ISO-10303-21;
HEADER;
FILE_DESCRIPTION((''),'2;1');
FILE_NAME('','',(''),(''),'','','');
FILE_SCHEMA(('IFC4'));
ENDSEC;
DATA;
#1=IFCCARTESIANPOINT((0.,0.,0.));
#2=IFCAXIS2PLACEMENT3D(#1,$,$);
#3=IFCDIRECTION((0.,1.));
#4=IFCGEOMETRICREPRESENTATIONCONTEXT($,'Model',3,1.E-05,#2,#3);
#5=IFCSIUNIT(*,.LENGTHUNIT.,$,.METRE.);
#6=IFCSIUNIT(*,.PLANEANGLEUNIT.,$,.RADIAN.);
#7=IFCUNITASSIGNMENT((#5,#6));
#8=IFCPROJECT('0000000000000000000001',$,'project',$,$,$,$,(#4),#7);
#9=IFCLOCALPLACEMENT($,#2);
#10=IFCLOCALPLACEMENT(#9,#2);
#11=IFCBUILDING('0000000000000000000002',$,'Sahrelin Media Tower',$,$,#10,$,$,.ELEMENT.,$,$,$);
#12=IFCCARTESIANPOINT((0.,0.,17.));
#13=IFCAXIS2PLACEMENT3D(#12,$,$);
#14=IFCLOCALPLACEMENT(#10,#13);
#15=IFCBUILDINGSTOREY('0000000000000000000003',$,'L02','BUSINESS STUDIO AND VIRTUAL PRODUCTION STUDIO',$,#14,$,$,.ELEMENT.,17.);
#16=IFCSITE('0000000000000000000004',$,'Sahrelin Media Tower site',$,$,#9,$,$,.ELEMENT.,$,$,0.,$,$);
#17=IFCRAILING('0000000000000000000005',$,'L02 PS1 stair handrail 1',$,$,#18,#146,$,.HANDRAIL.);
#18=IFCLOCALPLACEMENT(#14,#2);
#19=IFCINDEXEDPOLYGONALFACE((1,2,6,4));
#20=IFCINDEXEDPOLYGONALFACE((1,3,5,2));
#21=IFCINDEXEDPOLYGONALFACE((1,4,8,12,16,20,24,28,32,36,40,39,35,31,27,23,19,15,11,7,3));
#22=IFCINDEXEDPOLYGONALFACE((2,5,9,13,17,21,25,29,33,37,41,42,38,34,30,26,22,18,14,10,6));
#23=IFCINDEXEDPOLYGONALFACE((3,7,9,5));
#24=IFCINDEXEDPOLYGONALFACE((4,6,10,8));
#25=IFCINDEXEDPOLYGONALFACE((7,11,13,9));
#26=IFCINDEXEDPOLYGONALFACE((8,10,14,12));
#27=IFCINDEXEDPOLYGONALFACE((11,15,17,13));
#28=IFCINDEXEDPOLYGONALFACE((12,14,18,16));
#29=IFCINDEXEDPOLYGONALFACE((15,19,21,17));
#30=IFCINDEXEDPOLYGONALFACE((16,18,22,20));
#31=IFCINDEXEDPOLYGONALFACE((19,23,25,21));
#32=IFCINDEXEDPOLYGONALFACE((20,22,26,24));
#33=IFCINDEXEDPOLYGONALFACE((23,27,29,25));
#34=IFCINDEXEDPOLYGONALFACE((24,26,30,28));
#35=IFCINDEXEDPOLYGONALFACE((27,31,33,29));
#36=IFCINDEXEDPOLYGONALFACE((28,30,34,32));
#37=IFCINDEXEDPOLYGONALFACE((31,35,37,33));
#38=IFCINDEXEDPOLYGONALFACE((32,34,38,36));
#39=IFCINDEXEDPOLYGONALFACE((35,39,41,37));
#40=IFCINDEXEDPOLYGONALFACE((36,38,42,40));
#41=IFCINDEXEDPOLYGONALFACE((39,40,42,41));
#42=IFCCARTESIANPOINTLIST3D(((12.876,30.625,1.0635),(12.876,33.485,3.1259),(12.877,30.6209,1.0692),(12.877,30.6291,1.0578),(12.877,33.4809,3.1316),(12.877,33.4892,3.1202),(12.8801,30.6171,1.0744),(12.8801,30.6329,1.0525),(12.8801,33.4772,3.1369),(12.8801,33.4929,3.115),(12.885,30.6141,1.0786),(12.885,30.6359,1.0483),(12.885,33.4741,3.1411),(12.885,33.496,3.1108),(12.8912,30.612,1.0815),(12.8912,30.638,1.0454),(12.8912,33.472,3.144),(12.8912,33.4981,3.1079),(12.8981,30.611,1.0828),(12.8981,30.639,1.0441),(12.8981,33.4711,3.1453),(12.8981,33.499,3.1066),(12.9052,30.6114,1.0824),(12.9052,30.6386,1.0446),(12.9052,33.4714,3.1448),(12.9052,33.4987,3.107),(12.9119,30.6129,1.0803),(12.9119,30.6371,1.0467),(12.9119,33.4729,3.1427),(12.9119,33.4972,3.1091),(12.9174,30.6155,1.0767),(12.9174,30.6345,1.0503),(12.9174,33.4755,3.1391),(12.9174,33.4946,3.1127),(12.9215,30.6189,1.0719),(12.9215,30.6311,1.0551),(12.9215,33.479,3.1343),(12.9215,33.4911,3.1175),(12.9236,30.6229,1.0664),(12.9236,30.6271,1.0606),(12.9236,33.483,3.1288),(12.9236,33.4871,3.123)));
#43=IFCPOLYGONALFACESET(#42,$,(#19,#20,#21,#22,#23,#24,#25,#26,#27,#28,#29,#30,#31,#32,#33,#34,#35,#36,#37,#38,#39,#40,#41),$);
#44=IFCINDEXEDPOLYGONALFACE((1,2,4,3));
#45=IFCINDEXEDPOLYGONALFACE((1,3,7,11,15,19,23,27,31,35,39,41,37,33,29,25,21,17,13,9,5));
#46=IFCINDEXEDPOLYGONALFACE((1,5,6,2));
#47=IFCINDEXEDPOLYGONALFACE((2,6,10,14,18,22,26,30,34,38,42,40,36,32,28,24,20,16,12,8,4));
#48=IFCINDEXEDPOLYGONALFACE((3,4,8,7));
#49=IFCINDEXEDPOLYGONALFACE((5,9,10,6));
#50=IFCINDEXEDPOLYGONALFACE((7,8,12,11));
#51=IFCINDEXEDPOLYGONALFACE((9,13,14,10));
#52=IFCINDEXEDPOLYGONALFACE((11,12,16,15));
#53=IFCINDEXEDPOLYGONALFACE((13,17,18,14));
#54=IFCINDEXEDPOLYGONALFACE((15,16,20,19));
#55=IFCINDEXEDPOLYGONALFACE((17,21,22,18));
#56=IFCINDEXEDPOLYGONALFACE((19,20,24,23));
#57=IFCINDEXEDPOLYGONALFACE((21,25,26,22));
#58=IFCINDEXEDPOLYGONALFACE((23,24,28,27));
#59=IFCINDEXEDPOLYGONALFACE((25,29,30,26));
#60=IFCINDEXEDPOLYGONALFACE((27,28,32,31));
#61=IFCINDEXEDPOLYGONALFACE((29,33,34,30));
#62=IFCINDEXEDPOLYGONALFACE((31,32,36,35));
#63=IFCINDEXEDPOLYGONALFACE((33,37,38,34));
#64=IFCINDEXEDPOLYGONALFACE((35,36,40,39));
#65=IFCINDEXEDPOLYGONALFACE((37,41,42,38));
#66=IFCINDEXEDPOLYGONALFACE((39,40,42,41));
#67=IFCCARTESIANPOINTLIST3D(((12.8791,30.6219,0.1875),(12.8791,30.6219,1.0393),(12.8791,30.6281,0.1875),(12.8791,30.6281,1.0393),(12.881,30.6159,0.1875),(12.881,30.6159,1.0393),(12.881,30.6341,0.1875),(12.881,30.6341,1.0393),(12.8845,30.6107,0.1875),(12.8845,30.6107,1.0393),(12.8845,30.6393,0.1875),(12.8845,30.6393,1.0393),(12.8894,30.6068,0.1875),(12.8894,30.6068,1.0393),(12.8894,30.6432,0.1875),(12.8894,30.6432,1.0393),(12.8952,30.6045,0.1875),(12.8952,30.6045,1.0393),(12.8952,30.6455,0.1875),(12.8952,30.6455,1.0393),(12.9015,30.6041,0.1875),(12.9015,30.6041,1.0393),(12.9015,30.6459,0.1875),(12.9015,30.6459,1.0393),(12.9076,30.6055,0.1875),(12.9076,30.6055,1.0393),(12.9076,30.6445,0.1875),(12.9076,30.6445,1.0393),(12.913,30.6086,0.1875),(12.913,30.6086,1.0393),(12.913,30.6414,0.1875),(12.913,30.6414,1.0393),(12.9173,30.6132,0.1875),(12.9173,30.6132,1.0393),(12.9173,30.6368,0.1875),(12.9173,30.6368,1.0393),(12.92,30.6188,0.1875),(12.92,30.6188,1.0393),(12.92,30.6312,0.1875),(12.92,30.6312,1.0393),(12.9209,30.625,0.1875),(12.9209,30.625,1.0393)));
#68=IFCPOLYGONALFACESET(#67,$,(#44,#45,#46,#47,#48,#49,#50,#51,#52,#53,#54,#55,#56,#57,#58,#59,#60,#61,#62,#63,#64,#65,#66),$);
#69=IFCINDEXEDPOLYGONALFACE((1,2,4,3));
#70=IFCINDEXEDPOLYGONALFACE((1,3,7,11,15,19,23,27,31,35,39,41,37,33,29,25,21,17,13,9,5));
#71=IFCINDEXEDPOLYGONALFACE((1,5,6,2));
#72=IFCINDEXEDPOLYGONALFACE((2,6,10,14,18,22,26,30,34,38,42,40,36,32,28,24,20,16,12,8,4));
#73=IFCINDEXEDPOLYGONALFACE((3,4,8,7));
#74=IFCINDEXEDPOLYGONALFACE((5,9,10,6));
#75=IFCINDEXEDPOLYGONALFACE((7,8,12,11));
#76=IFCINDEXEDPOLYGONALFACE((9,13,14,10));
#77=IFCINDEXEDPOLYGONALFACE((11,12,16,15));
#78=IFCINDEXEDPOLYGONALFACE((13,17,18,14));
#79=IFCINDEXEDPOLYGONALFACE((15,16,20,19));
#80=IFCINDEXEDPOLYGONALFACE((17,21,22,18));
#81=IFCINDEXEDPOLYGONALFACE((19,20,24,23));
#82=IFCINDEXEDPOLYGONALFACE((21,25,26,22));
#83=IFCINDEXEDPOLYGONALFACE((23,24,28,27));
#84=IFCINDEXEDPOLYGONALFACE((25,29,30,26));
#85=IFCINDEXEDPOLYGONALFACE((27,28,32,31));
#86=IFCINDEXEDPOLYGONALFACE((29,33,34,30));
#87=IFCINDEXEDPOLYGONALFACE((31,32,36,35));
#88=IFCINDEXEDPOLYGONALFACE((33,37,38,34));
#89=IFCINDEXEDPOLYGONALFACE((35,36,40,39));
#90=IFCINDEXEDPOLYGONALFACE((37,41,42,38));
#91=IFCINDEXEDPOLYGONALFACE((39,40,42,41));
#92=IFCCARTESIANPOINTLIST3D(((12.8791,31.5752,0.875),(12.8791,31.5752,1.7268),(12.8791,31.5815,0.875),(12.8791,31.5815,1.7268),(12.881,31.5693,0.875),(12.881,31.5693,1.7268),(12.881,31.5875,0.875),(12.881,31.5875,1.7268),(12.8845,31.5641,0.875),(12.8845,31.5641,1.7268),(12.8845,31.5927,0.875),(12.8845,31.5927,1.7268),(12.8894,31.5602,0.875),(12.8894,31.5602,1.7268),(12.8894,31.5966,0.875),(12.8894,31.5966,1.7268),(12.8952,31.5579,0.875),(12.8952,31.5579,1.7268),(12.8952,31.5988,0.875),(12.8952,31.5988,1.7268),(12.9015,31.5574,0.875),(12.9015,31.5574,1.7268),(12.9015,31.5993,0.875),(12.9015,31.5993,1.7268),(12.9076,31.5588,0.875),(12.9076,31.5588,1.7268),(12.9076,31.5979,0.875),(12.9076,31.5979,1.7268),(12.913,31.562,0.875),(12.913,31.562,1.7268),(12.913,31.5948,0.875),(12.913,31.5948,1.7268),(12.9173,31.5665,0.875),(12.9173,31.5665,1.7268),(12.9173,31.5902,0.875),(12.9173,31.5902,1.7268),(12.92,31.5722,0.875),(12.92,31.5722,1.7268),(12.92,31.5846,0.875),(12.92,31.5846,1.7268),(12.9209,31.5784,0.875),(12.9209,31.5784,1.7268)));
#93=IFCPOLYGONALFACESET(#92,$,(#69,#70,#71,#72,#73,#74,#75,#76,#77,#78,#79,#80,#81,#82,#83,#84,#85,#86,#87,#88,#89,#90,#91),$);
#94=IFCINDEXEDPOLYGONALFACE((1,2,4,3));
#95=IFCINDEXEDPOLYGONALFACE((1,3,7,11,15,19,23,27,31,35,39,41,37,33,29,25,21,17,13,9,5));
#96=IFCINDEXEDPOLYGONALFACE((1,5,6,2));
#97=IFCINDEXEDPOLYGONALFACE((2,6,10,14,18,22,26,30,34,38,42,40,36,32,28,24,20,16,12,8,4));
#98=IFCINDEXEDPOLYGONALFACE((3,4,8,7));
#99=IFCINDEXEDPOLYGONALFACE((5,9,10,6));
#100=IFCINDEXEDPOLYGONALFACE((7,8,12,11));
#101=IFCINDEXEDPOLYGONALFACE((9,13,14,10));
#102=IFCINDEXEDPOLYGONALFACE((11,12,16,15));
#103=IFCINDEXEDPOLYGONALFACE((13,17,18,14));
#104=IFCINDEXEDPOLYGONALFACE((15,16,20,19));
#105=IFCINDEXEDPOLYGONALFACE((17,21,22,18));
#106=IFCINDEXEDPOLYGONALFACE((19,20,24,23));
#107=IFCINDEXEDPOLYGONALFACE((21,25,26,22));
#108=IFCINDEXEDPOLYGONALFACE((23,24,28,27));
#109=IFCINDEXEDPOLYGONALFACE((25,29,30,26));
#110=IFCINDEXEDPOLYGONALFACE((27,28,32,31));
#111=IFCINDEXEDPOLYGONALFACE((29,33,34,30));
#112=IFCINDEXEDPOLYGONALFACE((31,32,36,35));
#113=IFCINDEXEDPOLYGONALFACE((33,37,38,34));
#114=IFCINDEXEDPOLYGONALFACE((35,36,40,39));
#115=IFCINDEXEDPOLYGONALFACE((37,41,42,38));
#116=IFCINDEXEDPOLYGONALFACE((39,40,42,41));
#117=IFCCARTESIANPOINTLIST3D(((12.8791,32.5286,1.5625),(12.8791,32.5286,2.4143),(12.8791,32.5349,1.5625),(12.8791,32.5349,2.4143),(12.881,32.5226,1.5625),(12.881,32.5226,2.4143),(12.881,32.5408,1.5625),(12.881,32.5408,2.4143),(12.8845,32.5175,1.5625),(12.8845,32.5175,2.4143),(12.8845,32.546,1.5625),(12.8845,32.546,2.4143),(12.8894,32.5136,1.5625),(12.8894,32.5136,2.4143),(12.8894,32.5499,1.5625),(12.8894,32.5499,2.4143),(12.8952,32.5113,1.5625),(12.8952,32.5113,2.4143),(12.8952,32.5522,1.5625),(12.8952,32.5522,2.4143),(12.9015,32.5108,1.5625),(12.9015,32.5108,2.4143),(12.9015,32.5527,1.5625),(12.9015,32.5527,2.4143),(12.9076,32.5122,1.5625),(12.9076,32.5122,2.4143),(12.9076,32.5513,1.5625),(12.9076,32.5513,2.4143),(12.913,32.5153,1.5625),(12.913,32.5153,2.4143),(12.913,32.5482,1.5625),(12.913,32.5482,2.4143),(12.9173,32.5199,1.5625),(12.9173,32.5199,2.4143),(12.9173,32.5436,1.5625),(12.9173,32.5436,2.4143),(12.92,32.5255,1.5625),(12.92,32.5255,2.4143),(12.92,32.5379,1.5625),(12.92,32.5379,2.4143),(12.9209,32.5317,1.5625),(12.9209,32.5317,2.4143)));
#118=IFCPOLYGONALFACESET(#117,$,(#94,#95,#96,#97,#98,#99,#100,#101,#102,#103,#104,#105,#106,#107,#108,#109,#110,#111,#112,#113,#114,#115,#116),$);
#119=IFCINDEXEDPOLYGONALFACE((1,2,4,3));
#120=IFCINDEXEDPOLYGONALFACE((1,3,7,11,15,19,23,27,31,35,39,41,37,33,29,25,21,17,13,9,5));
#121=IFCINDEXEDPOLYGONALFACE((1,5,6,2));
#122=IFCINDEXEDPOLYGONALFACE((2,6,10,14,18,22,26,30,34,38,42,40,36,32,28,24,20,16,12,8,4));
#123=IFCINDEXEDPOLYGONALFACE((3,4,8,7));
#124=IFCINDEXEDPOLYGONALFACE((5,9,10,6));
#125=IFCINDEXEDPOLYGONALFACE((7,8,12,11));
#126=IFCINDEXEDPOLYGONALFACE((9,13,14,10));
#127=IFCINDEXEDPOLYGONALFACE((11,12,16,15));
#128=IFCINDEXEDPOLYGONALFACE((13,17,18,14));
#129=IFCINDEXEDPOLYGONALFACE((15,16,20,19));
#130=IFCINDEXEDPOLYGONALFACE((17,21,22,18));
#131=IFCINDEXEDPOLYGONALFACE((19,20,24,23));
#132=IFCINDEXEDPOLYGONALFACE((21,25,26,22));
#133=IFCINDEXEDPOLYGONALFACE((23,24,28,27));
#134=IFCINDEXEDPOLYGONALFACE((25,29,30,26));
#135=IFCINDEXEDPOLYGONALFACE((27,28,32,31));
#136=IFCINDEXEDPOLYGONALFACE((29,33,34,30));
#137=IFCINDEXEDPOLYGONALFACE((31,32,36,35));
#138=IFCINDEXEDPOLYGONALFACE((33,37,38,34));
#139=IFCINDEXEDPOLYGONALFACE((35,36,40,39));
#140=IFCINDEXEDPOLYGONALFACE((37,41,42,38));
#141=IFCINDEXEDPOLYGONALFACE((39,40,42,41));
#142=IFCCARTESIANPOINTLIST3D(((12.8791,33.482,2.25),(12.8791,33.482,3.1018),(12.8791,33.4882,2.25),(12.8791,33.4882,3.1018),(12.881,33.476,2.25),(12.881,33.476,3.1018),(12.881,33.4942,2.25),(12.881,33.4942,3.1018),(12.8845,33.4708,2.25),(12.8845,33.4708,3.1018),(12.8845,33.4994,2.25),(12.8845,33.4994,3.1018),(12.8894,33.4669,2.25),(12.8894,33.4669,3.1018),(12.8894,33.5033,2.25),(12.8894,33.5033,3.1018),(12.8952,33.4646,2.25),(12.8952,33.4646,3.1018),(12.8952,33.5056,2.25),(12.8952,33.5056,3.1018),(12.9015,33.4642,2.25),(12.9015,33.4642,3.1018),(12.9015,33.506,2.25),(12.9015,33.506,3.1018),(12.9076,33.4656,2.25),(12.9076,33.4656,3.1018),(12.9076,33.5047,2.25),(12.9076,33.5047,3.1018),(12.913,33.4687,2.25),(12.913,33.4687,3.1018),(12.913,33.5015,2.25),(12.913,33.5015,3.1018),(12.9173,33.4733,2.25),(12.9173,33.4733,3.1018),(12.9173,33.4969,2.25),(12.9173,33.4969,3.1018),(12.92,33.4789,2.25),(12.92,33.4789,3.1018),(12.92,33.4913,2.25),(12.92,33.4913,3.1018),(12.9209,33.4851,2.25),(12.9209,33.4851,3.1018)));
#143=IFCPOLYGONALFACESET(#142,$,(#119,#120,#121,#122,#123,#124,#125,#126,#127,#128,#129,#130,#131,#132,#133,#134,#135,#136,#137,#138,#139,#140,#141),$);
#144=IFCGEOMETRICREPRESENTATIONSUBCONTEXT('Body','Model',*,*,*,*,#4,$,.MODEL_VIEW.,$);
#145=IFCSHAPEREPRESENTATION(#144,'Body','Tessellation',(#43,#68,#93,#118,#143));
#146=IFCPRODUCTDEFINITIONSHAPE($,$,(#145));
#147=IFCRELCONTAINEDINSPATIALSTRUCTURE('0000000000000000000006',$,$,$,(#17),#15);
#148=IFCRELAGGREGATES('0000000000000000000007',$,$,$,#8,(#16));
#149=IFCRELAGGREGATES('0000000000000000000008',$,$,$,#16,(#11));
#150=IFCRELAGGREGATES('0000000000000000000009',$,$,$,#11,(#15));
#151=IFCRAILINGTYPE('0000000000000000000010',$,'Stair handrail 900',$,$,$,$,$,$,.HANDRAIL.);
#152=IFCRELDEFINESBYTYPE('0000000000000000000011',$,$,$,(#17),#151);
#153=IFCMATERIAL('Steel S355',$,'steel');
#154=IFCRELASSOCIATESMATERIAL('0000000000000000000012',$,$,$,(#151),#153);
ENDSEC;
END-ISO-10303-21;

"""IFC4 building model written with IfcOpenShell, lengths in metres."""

from ifc_helpers import new_model, si_unit, direction, frame, origin, origin_2d, place, context, subcontext, project, spatial, circle, extrude, material, type_object, element, save


model = new_model("IFC4")

# Units and contexts
model_context = context("Model", 3, precision=1e-05, world=origin(), true_north=direction((0.0, 1.0)))
body_context = subcontext(model_context, "Body", "Model", "MODEL_VIEW")
ifc_project = project(units=[si_unit("LENGTHUNIT", "METRE"), si_unit("PLANEANGLEUNIT", "RADIAN")], contexts=[model_context])

# Site, building, storey
site_placement = place(None, origin())
site = spatial("IfcSite", under=ifc_project, at=site_placement, Name="Sahrelin Media Tower site", CompositionType="ELEMENT", RefElevation=0.0)
building_placement = place(site_placement, origin())
building = spatial("IfcBuilding", under=site, at=building_placement, Name="Sahrelin Media Tower", CompositionType="ELEMENT")
storey_placement = place(building_placement, frame((0.0, 0.0, 17.0)))
storey = spatial("IfcBuildingStorey", under=building, at=storey_placement, Name="L02", Description="BUSINESS STUDIO AND VIRTUAL PRODUCTION STUDIO", CompositionType="ELEMENT", Elevation=17.0)

# Shared definitions
ifc_material_1 = material(Name="Steel S355", Category="steel")

# Railing
railing_type = type_object("IfcRailingType", Name="Stair handrail 900", PredefinedType="HANDRAIL", material=ifc_material_1)
for number, where, name in (
    (1, (12.8999, 30.625, 0.1875), "L02 PS1 stair handrail 1"),
):
    element("IfcRailing", number, at=place(storey_placement, frame(where)), inside=storey, type_object=railing_type, Name=name, PredefinedType="HANDRAIL", context=body_context, shape_type="SweptSolid", body=[
        extrude(circle(Radius=0.0239, at=origin_2d()), frame((0.0, 0.0, 0.876), z_axis=(0.0, 0.811101, 0.584906), x_axis=(-1.0, 0.0, 0.0)), (0.0, 0.0, 1.0), 3.5261),
        extrude(circle(Radius=0.021, at=origin_2d()), origin(), (0.0, 0.0, 1.0), 0.8518),
        extrude(circle(Radius=0.021, at=origin_2d()), frame((0.0, 0.9534, 0.6875)), (0.0, 0.0, 1.0), 0.8518),
        extrude(circle(Radius=0.021, at=origin_2d()), frame((0.0, 1.9067, 1.375)), (0.0, 0.0, 1.0), 0.8518),
        extrude(circle(Radius=0.021, at=origin_2d()), frame((0.0, 2.8601, 2.0625)), (0.0, 0.0, 1.0), 0.8518),
    ])

save(model, "model.ifc")
